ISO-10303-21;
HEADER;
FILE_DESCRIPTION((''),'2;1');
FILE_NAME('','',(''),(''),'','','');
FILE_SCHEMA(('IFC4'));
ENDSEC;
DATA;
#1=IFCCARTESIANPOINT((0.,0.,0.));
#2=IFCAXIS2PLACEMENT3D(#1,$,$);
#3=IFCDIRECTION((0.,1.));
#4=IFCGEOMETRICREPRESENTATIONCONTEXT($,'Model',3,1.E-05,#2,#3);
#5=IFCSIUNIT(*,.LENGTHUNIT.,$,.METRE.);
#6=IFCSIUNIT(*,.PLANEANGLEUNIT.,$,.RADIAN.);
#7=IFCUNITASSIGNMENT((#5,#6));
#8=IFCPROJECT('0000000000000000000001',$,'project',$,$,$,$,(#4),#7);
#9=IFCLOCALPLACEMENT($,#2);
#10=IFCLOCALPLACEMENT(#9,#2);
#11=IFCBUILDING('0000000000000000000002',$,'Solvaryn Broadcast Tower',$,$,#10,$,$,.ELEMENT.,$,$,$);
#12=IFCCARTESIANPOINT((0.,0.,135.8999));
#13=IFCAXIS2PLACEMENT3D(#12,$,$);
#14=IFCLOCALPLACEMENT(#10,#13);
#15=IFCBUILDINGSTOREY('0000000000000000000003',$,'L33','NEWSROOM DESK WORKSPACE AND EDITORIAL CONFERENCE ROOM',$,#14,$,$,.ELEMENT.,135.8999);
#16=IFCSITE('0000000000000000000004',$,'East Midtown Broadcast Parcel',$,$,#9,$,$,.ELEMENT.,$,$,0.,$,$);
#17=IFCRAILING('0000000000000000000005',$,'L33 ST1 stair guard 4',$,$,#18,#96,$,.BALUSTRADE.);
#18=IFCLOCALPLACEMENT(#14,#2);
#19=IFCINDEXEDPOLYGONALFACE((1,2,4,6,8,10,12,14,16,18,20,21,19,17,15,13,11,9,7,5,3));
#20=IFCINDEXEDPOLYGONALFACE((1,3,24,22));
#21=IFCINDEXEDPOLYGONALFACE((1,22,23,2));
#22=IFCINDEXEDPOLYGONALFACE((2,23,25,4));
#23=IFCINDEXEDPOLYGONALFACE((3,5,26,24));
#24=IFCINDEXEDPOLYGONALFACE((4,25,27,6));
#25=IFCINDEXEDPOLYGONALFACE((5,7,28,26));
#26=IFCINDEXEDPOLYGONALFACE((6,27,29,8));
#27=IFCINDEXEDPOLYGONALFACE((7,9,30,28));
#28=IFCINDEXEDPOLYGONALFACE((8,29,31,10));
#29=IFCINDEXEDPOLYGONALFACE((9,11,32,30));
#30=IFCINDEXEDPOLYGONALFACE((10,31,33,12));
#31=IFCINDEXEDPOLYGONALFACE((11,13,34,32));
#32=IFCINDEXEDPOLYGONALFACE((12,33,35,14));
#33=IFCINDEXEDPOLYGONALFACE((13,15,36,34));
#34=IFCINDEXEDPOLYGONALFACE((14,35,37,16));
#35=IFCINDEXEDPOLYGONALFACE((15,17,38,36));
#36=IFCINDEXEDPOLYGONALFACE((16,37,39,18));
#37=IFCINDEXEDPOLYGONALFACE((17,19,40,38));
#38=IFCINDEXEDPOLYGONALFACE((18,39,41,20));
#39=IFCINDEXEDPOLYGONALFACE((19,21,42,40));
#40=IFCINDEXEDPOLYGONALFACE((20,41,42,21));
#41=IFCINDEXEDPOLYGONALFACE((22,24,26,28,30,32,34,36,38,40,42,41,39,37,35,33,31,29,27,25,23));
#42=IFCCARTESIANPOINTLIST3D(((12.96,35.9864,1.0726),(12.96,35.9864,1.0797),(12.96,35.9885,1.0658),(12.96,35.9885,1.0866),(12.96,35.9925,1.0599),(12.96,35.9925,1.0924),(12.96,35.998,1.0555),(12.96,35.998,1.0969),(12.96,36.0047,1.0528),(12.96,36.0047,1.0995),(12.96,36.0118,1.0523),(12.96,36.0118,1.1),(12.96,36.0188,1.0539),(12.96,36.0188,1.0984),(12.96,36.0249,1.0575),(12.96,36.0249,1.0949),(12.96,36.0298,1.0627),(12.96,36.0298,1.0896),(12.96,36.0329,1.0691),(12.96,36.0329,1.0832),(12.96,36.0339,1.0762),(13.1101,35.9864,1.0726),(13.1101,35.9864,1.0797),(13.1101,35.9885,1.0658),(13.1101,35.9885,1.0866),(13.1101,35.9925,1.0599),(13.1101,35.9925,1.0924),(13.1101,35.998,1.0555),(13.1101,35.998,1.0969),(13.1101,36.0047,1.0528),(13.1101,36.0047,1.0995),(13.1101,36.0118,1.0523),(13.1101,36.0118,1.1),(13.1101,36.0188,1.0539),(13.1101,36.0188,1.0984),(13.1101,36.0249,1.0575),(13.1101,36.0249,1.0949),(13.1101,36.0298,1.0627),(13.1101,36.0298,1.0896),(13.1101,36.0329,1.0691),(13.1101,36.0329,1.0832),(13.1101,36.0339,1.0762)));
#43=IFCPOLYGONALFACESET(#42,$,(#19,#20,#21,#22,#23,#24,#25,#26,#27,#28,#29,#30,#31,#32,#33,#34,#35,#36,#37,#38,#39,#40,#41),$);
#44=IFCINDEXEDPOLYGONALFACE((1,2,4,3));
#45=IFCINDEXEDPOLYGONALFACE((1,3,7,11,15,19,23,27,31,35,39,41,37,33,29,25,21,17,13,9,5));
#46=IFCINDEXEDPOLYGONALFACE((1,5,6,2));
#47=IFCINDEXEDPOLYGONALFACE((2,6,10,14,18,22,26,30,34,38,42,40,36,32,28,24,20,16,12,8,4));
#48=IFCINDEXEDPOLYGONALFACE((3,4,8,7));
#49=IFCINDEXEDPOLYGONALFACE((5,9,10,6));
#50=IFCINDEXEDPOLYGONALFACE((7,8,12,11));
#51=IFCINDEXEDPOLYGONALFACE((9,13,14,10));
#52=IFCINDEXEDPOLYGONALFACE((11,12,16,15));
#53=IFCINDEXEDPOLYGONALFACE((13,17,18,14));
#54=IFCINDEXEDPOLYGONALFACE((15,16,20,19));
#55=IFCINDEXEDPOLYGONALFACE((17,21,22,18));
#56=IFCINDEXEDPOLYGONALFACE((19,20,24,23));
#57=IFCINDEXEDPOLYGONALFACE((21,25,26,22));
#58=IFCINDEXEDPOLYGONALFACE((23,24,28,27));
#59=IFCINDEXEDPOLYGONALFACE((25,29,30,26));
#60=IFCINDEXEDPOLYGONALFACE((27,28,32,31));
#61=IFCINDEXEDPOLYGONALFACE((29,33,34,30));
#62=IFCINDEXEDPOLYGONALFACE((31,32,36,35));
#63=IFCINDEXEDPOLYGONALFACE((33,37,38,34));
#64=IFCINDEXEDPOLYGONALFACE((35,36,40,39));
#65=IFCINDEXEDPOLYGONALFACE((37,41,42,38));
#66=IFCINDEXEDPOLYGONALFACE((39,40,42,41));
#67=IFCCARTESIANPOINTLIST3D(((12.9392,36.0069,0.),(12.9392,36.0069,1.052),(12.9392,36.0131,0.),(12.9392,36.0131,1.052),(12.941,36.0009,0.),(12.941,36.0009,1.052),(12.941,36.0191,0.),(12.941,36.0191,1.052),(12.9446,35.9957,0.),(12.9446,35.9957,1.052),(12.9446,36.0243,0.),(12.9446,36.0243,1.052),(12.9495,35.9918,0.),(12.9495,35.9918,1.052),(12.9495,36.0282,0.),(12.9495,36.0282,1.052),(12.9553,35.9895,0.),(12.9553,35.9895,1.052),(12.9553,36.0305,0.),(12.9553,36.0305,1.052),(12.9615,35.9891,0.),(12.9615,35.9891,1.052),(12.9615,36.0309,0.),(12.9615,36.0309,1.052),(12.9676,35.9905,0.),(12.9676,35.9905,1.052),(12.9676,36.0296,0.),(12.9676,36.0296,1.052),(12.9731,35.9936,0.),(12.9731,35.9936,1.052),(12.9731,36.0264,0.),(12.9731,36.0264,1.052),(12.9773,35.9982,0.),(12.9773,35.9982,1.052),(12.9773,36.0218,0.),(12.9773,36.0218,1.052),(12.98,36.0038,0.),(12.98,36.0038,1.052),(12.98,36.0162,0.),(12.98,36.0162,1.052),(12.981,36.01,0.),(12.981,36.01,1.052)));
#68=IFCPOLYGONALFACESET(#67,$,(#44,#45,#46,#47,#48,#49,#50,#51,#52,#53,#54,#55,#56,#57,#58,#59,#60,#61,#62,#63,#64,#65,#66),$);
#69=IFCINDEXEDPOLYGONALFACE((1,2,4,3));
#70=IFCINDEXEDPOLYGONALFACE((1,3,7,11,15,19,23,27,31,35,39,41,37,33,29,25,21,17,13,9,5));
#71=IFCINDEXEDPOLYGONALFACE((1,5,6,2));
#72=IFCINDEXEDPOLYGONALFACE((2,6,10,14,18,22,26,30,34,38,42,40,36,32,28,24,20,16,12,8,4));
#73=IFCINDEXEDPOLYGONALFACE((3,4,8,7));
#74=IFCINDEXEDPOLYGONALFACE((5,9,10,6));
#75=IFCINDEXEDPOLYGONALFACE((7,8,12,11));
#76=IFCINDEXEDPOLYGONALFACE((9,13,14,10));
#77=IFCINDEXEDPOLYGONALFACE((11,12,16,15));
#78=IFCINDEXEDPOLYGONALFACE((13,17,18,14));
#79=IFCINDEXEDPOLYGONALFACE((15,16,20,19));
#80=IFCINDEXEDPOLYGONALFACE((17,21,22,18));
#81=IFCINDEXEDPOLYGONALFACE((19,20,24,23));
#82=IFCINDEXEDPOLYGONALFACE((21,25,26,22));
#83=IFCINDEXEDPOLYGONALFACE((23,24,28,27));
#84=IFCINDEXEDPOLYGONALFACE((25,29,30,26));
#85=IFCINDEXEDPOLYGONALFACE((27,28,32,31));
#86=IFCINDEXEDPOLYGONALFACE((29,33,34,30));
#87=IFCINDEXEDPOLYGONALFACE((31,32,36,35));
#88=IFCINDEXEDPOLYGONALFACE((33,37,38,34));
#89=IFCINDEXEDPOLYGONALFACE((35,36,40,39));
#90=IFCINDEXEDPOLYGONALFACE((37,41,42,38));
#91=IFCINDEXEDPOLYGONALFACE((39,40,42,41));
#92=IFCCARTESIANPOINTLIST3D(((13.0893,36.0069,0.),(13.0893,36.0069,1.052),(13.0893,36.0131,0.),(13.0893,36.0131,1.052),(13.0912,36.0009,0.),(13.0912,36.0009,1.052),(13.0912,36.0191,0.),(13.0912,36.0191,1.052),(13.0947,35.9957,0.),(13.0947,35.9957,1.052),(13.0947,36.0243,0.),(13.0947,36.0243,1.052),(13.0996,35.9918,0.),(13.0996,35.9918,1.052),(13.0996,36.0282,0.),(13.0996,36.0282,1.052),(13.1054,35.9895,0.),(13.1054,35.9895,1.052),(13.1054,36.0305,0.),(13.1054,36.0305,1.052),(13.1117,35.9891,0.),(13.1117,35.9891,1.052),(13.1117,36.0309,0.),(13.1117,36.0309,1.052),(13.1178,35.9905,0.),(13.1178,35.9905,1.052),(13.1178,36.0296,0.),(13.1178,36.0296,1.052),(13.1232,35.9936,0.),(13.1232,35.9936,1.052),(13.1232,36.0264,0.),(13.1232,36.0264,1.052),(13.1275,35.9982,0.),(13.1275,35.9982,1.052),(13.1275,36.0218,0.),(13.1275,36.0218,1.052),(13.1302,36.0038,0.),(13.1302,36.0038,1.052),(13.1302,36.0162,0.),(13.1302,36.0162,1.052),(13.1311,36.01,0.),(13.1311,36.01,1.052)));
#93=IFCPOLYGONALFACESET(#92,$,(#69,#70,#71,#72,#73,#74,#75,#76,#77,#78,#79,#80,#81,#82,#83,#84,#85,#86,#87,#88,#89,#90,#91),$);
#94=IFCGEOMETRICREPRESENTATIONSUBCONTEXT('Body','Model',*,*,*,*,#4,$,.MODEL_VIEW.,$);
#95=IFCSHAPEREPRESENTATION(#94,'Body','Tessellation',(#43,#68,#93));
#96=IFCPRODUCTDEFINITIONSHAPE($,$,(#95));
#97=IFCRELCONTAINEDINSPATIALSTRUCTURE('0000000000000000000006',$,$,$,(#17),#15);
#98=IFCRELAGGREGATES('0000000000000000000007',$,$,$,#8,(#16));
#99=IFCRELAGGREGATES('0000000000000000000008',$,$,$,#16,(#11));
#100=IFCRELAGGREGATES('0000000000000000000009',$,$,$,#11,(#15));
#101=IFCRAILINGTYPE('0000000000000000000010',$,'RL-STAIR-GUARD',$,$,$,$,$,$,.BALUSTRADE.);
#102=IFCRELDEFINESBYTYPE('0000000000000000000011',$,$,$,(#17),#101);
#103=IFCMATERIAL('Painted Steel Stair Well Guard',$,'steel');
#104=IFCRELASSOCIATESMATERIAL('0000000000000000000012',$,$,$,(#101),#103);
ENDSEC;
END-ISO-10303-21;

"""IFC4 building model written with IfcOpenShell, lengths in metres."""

from ifc_helpers import new_model, si_unit, direction, frame, origin, origin_2d, place, context, subcontext, project, spatial, circle, extrude, material, type_object, element, save


model = new_model("IFC4")

# Units and contexts
model_context = context("Model", 3, precision=1e-05, world=origin(), true_north=direction((0.0, 1.0)))
body_context = subcontext(model_context, "Body", "Model", "MODEL_VIEW")
ifc_project = project(units=[si_unit("LENGTHUNIT", "METRE"), si_unit("PLANEANGLEUNIT", "RADIAN")], contexts=[model_context])

# Site, building, storey
site_placement = place(None, origin())
site = spatial("IfcSite", under=ifc_project, at=site_placement, Name="East Midtown Broadcast Parcel", CompositionType="ELEMENT", RefElevation=0.0)
building_placement = place(site_placement, origin())
building = spatial("IfcBuilding", under=site, at=building_placement, Name="Solvaryn Broadcast Tower", CompositionType="ELEMENT")
storey_placement = place(building_placement, frame((0.0, 0.0, 135.8999)))
storey = spatial("IfcBuildingStorey", under=building, at=storey_placement, Name="L33", Description="NEWSROOM DESK WORKSPACE AND EDITORIAL CONFERENCE ROOM", CompositionType="ELEMENT", Elevation=135.8999)

# Railing
ifc_material_1 = material(Name="Painted Steel Stair Well Guard", Category="steel")
railing_type_1 = type_object("IfcRailingType", Name="RL-STAIR-GUARD", PredefinedType="BALUSTRADE", material=ifc_material_1)
railing_1_placement = place(storey_placement, frame((12.96, 36.01, 0.0)))
element("IfcRailing", 1, at=railing_1_placement, inside=storey, type_object=railing_type_1, Name="L33 ST1 stair guard 4", PredefinedType="BALUSTRADE", context=body_context, shape_type="SweptSolid", body=[
    extrude(circle(Radius=0.0239, at=origin_2d()), frame((0.0, 0.0, 1.0762), z_axis=(1.0, 0.0, 0.0), x_axis=(0.0, 1.0, 0.0)), (0.0, 0.0, 1.0), 0.1501),
    extrude(circle(Radius=0.021, at=origin_2d()), origin(), (0.0, 0.0, 1.0), 1.052),
    extrude(circle(Radius=0.021, at=origin_2d()), frame((0.1501, 0.0, 0.0)), (0.0, 0.0, 1.0), 1.052),
])

save(model, "model.ifc")
